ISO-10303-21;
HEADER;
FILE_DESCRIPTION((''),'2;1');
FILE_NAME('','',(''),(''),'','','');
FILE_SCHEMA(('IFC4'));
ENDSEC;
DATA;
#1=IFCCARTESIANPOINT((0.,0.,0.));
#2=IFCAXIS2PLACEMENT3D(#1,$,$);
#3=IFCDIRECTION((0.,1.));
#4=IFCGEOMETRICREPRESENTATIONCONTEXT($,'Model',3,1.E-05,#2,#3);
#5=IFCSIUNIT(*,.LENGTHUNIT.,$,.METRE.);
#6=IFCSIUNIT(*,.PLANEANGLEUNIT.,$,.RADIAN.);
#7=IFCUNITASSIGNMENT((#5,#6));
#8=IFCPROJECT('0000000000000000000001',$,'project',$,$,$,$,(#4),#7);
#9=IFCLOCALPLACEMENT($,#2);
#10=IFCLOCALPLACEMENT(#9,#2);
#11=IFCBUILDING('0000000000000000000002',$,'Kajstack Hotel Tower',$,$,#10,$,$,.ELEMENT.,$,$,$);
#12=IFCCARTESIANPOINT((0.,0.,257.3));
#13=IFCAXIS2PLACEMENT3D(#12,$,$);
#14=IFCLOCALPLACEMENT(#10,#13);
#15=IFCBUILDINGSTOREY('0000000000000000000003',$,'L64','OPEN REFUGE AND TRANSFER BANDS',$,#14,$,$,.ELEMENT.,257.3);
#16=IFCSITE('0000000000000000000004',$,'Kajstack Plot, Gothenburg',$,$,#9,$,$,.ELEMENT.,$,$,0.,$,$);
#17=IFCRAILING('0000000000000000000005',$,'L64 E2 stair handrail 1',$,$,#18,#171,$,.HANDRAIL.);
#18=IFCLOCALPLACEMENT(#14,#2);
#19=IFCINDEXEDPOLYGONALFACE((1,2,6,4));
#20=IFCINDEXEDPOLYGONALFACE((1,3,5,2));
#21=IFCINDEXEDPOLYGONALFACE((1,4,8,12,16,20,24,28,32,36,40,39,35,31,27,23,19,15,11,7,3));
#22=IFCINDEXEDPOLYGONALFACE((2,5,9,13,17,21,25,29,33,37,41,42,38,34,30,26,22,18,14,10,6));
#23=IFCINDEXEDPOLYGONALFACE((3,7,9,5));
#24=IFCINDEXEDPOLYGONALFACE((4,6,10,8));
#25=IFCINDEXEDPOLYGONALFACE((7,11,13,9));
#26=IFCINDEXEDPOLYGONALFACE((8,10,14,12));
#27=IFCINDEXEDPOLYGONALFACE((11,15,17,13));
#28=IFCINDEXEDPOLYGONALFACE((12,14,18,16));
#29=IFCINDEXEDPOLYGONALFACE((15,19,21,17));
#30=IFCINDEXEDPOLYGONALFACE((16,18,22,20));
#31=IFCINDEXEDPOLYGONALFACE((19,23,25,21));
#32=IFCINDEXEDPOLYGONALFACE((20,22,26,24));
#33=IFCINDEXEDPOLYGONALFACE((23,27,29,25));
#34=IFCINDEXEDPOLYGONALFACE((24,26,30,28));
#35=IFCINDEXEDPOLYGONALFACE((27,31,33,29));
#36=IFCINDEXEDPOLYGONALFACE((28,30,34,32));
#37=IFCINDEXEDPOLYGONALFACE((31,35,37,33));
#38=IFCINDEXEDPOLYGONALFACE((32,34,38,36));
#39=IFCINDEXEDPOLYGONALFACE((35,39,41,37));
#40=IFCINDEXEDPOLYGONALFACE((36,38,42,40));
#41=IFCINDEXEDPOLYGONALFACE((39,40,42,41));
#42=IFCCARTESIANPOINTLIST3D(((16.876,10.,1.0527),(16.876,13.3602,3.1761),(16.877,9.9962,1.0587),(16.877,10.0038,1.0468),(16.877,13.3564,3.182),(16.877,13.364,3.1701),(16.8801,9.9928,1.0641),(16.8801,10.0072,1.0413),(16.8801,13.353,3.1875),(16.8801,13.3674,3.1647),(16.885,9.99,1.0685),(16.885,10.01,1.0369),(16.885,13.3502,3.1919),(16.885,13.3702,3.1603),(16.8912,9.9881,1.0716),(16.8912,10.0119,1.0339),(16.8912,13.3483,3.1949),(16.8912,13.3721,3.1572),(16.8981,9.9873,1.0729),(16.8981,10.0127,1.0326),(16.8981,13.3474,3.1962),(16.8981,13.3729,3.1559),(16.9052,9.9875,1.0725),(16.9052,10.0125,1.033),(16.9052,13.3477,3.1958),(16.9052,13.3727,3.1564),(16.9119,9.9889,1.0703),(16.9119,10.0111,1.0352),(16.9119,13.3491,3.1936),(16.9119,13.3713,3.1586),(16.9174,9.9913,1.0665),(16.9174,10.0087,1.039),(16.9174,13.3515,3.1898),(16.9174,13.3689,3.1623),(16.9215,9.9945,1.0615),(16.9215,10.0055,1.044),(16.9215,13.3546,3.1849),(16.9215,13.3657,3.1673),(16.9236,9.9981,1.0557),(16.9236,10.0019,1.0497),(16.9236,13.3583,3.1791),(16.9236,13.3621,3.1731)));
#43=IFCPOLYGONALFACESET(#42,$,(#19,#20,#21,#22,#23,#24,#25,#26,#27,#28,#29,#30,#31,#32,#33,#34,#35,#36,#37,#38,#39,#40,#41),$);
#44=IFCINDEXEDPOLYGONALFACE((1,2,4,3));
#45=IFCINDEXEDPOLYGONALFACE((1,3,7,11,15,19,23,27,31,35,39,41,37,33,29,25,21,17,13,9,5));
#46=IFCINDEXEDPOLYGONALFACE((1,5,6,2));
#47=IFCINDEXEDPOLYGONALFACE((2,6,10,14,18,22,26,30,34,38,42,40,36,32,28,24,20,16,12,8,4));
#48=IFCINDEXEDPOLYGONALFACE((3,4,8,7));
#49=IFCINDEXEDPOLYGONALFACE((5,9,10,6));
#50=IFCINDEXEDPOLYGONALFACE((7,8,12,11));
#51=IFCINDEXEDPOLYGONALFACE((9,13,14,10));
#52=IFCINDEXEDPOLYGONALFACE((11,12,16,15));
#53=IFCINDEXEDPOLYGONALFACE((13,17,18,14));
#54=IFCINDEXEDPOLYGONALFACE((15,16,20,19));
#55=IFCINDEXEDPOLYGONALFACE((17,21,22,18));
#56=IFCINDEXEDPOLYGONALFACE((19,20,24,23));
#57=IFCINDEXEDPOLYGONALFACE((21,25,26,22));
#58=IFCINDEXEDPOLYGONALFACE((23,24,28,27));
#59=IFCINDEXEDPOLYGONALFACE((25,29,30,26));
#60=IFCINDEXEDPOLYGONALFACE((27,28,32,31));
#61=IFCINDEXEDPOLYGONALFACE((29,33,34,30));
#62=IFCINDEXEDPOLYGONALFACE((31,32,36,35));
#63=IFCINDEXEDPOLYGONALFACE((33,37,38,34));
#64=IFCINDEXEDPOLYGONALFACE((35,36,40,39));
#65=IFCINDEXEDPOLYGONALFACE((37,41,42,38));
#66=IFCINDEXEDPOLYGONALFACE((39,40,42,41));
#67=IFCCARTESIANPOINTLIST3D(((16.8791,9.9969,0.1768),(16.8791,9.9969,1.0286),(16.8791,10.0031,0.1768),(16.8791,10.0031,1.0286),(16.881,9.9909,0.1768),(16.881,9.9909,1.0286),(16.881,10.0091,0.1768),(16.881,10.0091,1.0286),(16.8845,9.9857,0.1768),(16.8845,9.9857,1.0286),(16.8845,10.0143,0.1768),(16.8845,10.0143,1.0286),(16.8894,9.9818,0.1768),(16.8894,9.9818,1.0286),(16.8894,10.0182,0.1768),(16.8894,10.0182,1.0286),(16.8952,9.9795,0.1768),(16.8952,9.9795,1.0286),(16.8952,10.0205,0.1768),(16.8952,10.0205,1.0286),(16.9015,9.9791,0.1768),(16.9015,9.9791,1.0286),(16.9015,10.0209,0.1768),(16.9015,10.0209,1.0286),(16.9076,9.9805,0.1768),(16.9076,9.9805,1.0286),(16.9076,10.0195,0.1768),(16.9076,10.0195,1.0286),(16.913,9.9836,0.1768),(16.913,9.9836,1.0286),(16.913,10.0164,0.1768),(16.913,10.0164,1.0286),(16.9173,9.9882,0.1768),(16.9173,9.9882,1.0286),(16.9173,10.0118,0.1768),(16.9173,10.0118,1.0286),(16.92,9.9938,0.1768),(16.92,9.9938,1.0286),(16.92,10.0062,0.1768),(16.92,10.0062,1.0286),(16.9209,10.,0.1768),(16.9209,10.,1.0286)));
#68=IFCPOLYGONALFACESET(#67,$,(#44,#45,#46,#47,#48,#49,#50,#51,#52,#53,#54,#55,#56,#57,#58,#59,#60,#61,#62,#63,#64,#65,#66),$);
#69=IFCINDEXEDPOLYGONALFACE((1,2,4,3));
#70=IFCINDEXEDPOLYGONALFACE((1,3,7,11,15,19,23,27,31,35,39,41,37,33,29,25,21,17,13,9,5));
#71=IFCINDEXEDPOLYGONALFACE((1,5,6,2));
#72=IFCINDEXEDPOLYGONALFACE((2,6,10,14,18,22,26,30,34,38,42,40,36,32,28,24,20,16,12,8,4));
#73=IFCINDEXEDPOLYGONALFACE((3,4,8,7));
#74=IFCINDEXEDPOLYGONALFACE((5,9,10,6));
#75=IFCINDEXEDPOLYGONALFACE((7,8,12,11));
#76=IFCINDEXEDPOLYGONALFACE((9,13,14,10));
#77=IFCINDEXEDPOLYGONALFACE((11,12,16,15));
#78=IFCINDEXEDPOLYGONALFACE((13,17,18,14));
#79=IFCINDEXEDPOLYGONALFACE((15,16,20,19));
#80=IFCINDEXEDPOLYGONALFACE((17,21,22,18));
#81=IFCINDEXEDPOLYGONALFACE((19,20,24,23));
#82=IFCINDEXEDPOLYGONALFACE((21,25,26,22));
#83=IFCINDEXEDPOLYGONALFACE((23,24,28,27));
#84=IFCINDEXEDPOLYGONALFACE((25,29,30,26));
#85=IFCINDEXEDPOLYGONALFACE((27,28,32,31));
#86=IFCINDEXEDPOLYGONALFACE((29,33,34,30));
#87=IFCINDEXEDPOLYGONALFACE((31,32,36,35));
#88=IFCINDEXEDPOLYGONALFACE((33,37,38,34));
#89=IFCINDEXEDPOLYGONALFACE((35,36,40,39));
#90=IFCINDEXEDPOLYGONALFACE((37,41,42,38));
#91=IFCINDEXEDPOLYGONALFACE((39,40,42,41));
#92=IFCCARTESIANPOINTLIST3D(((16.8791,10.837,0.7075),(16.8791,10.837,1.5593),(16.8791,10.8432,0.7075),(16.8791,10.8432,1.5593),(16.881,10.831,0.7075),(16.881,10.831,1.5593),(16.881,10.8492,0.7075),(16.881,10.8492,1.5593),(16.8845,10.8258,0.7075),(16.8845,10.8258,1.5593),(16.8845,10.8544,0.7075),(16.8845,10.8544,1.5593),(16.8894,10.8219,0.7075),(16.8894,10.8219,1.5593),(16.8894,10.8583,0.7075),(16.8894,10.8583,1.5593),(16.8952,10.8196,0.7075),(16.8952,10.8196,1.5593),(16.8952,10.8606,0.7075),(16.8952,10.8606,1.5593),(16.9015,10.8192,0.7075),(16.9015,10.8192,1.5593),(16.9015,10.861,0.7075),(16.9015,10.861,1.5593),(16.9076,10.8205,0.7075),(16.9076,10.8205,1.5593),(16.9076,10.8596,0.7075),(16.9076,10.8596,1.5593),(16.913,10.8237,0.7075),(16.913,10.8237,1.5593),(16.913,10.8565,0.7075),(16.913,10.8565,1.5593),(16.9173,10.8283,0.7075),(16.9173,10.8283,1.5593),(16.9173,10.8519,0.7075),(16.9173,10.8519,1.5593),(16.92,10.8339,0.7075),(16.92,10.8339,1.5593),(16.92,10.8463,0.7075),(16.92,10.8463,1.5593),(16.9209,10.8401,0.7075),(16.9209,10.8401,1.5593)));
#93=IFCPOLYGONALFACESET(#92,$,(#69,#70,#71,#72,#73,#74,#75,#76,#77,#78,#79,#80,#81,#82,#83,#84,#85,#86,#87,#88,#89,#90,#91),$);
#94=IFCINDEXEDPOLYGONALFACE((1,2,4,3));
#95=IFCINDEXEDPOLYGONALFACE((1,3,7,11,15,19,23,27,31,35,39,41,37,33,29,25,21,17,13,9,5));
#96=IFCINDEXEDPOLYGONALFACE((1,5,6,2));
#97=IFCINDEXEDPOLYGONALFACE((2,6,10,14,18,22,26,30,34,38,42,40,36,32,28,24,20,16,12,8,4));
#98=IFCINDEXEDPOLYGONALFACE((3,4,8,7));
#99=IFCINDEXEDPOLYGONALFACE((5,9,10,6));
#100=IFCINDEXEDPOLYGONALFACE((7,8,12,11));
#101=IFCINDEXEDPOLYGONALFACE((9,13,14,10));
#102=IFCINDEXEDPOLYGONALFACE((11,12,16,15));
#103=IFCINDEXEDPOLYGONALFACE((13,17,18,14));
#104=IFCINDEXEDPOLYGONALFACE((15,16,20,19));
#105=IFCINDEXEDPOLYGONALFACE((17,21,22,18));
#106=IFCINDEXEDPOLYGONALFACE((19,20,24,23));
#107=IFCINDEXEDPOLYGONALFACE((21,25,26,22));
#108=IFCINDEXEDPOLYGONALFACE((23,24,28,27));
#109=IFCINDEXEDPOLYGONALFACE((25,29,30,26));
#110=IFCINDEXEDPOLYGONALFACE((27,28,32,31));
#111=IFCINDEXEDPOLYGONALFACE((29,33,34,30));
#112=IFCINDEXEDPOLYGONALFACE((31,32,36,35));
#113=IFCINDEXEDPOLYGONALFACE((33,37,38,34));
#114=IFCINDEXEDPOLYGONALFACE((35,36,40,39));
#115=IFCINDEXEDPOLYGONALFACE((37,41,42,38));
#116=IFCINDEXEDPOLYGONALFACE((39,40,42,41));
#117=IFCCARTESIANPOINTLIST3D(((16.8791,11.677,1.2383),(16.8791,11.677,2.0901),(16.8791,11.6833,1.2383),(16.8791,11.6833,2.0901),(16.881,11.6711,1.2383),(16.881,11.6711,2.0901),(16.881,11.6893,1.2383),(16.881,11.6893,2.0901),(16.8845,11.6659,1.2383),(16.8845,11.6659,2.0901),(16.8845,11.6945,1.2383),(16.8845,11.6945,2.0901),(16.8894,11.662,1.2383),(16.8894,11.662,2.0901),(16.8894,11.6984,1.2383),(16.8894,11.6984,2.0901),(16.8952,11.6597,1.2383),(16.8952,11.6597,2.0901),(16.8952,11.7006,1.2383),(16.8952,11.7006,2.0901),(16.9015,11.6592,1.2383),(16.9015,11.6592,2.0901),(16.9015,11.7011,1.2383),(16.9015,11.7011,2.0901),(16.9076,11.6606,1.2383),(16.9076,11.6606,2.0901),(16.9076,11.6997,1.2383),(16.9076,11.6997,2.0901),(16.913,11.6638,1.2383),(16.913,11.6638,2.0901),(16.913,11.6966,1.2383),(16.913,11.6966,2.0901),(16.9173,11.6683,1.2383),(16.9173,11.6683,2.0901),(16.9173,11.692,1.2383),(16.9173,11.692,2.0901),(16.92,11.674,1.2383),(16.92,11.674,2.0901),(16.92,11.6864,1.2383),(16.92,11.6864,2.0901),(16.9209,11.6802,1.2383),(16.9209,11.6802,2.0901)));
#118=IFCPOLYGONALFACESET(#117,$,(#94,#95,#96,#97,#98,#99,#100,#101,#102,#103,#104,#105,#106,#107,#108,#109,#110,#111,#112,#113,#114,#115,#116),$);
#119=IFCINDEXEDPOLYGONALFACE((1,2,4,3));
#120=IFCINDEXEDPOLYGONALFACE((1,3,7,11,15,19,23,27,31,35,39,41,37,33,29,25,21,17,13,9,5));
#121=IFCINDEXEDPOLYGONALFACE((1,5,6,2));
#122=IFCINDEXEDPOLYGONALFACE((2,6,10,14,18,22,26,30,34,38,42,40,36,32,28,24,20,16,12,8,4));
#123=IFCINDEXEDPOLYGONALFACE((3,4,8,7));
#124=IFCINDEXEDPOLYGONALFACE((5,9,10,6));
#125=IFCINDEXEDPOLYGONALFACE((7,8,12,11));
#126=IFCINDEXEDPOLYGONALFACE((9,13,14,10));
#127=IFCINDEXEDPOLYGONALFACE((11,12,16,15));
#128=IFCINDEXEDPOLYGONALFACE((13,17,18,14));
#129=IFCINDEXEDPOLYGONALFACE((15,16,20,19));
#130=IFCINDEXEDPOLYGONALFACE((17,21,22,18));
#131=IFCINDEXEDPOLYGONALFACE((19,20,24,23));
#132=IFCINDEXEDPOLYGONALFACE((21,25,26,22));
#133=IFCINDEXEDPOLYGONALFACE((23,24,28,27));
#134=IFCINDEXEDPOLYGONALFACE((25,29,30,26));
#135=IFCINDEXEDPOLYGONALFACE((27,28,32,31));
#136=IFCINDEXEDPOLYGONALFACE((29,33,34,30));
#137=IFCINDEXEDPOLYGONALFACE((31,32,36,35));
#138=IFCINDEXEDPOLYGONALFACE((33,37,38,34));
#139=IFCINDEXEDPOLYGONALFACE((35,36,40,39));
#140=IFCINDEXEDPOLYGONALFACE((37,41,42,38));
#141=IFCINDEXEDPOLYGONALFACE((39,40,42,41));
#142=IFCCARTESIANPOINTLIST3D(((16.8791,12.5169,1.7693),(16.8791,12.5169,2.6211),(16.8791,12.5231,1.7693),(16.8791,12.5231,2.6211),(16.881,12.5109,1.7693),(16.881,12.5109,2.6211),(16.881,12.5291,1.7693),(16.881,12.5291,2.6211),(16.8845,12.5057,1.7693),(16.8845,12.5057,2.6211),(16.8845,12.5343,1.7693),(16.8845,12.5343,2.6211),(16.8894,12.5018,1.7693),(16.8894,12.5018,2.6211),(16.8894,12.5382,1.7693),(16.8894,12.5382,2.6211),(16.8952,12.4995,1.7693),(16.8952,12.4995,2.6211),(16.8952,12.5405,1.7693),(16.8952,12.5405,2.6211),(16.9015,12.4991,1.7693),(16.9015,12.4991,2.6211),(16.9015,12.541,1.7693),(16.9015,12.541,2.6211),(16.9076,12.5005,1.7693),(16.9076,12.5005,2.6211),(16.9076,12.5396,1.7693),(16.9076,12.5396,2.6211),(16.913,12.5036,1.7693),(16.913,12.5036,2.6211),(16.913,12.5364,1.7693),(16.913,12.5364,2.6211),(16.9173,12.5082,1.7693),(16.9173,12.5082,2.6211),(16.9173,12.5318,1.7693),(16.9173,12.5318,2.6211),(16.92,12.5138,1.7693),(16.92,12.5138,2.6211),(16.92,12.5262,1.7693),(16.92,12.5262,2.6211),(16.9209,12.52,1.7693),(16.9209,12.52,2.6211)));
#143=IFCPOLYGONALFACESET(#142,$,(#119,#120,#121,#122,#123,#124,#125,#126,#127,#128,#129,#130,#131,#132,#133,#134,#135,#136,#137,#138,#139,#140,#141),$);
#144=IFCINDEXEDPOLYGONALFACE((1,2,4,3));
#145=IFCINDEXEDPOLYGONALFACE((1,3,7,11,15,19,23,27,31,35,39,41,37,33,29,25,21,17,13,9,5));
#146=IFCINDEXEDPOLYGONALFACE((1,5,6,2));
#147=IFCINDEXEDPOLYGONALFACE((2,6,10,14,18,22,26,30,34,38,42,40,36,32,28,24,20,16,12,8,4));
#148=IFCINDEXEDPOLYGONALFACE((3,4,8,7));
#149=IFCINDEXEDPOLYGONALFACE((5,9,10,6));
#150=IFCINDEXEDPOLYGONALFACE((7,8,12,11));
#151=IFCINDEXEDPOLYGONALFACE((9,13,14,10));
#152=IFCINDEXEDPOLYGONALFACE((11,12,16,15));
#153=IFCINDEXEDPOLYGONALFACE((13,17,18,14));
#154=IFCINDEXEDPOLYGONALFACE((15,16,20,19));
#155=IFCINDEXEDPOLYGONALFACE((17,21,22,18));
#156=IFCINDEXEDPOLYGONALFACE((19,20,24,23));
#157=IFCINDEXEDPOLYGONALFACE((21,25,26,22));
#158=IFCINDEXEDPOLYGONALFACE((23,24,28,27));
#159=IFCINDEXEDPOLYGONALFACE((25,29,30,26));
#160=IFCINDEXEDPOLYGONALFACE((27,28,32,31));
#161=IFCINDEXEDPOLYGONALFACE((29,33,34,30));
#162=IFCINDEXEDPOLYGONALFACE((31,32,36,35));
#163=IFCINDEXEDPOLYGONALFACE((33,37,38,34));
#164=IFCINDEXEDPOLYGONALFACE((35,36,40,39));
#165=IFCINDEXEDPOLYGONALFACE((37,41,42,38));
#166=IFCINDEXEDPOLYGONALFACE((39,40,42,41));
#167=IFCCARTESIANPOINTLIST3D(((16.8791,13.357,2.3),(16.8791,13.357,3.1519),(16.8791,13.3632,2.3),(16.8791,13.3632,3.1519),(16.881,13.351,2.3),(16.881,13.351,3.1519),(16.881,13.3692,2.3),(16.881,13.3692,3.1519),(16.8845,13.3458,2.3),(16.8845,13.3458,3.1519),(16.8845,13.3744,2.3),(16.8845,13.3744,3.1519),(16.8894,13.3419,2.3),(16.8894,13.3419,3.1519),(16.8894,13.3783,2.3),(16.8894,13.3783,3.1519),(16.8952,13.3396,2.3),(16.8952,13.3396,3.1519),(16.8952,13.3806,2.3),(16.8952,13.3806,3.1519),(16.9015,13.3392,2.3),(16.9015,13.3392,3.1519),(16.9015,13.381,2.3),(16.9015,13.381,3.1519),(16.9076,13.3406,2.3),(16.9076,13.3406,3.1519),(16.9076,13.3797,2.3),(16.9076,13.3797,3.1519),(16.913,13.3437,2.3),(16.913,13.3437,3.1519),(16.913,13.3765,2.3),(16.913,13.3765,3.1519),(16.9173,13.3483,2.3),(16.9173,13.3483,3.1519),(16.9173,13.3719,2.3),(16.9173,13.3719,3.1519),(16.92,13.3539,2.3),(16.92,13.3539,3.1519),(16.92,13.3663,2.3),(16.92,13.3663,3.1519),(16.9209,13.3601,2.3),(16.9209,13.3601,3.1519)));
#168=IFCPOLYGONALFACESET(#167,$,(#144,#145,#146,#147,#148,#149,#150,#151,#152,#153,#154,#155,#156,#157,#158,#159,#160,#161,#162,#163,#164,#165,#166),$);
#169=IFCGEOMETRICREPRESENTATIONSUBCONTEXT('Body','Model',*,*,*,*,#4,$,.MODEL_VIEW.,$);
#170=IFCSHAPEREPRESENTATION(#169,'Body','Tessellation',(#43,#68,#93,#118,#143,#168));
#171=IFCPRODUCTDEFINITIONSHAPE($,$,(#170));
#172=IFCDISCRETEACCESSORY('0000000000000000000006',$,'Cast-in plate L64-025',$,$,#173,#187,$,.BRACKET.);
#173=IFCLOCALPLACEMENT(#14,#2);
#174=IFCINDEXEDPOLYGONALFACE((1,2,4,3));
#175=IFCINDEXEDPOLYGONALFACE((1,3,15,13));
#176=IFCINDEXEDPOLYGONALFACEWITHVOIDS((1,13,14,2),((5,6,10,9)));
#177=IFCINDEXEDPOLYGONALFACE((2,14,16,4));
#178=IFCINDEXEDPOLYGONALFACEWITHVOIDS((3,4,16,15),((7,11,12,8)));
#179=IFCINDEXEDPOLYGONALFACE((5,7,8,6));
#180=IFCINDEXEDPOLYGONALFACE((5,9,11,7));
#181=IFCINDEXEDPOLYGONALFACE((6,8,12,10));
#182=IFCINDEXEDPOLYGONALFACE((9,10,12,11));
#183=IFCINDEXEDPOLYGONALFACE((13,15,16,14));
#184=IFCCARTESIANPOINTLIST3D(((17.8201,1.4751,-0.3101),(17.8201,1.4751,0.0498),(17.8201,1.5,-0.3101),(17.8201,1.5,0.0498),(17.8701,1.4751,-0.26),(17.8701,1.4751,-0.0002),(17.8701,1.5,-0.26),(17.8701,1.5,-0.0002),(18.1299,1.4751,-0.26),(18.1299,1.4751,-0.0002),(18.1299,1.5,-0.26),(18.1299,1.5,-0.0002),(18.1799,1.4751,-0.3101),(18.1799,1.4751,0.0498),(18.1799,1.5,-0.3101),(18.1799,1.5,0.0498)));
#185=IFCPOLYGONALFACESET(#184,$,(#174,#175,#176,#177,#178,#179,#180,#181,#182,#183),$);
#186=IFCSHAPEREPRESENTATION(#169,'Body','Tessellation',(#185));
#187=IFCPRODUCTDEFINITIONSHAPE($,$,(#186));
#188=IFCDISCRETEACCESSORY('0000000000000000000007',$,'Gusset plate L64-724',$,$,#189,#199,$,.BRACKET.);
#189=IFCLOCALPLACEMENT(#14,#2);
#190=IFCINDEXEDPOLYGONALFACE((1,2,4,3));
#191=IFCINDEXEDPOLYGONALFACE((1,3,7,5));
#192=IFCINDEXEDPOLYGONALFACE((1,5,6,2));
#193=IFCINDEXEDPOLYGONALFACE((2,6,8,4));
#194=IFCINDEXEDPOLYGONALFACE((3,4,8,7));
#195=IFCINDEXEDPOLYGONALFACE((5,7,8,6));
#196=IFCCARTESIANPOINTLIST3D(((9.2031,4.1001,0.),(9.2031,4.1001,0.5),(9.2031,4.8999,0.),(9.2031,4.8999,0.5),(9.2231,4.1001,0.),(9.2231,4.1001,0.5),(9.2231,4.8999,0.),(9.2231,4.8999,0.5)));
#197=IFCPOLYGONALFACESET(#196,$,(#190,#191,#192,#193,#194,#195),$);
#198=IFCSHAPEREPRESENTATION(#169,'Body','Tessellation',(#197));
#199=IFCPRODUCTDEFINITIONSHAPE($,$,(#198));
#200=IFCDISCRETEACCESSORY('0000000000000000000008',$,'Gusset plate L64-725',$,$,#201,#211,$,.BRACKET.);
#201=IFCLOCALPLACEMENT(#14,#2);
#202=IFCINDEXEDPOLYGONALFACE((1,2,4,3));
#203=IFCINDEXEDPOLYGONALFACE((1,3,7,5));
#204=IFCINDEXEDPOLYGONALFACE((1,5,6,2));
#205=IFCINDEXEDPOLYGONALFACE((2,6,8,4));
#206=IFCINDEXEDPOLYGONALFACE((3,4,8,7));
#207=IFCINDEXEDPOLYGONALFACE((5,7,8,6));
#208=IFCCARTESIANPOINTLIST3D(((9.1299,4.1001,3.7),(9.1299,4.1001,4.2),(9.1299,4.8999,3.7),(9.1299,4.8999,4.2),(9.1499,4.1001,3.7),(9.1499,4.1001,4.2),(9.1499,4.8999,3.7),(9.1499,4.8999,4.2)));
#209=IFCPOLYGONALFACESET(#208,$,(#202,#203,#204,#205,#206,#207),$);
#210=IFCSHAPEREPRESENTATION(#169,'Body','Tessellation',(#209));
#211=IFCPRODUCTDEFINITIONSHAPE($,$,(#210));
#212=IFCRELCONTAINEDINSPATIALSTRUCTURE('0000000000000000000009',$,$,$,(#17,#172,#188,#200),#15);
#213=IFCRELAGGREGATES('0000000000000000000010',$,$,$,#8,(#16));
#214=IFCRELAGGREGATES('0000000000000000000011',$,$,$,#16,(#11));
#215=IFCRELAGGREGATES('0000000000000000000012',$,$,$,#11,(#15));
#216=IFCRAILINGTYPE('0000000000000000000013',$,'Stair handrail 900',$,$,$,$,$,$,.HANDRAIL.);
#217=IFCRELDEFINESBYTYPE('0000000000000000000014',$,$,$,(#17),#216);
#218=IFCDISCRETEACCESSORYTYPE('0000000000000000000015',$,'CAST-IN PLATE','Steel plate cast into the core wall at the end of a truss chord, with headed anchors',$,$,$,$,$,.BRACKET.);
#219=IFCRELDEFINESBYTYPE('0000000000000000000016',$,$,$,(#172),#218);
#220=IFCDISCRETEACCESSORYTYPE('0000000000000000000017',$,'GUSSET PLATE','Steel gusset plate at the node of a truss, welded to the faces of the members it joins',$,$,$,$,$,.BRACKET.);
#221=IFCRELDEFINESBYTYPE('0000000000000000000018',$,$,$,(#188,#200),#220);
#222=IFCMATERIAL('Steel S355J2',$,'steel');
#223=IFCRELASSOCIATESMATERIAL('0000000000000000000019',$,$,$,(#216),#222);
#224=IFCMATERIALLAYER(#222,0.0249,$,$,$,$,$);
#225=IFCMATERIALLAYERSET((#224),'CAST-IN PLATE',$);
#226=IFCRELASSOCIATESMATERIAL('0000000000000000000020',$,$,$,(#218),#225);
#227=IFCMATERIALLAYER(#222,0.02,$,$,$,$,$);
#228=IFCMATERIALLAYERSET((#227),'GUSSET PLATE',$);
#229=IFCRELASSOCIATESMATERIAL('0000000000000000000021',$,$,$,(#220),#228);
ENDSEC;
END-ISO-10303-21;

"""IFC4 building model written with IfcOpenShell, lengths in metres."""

from ifc_helpers import new_model, si_unit, direction, frame, origin, origin_2d, place, context, subcontext, project, spatial, polyline, circle, outline, extrude, material, layer, layer_set, type_object, element, save


model = new_model("IFC4")

# Units and contexts
model_context = context("Model", 3, precision=1e-05, world=origin(), true_north=direction((0.0, 1.0)))
body_context = subcontext(model_context, "Body", "Model", "MODEL_VIEW")
ifc_project = project(units=[si_unit("LENGTHUNIT", "METRE"), si_unit("PLANEANGLEUNIT", "RADIAN")], contexts=[model_context])

# Site, building, storey
site_placement = place(None, origin())
site = spatial("IfcSite", under=ifc_project, at=site_placement, Name="Kajstack Plot, Gothenburg", CompositionType="ELEMENT", RefElevation=0.0)
building_placement = place(site_placement, origin())
building = spatial("IfcBuilding", under=site, at=building_placement, Name="Kajstack Hotel Tower", CompositionType="ELEMENT")
storey_placement = place(building_placement, frame((0.0, 0.0, 257.3)))
storey = spatial("IfcBuildingStorey", under=building, at=storey_placement, Name="L64", Description="OPEN REFUGE AND TRANSFER BANDS", CompositionType="ELEMENT", Elevation=257.3)

# Shared definitions
ifc_material_1 = material(Name="Steel S355J2", Category="steel")

# Railing
railing_type_1 = type_object("IfcRailingType", Name="Stair handrail 900", PredefinedType="HANDRAIL", material=ifc_material_1)
railing_1_placement = place(storey_placement, frame((16.8999, 10.0, 0.1768)))
element("IfcRailing", 1, at=railing_1_placement, inside=storey, type_object=railing_type_1, Name="L64 E2 stair handrail 1", PredefinedType="HANDRAIL", context=body_context, shape_type="SweptSolid", body=[
    extrude(circle(Radius=0.0239, at=origin_2d()), frame((0.0, 0.0, 0.876), z_axis=(0.0, 0.845362, 0.534194), x_axis=(-1.0, 0.0, 0.0)), (0.0, 0.0, 1.0), 3.9749),
    extrude(circle(Radius=0.021, at=origin_2d()), origin(), (0.0, 0.0, 1.0), 0.8518),
    extrude(circle(Radius=0.021, at=origin_2d()), frame((0.0, 0.8401, 0.5308)), (0.0, 0.0, 1.0), 0.8518),
    extrude(circle(Radius=0.021, at=origin_2d()), frame((0.0, 1.6802, 1.0615)), (0.0, 0.0, 1.0), 0.8518),
    extrude(circle(Radius=0.021, at=origin_2d()), frame((0.0, 2.52, 1.5925)), (0.0, 0.0, 1.0), 0.8518),
    extrude(circle(Radius=0.021, at=origin_2d()), frame((0.0, 3.3601, 2.1233)), (0.0, 0.0, 1.0), 0.8518),
])

# Discrete accessories
ifc_layer_1 = layer(ifc_material_1, 0.0249)
ifc_layer_set_1 = layer_set([ifc_layer_1], Name="CAST-IN PLATE")
discrete_accessory_type_1 = type_object("IfcDiscreteAccessoryType", Name="CAST-IN PLATE", Description="Steel plate cast into the core wall at the end of a truss chord, with headed anchors", PredefinedType="BRACKET", material=ifc_layer_set_1)
discrete_accessory_placement = place(storey_placement, frame((18.0, 1.4751, -0.1301), z_axis=(0.0, 1.0, 0.0), x_axis=(-1.0, 0.0, 0.0)))
element("IfcDiscreteAccessory", 2, at=discrete_accessory_placement, inside=storey, type_object=discrete_accessory_type_1, Name="Cast-in plate L64-025", PredefinedType="BRACKET", context=body_context, shape_type="SweptSolid", body=[
    extrude(outline(polyline([(-0.1799, -0.1799), (0.1799, -0.1799), (0.1799, 0.1799), (-0.1799, 0.1799), (-0.1799, -0.1799)]), holes=[polyline([(-0.1299, -0.1299), (-0.1299, 0.1299), (0.1299, 0.1299), (0.1299, -0.1299), (-0.1299, -0.1299)])]), origin(), (0.0, 0.0, 1.0), 0.0249),
])
ifc_layer_2 = layer(ifc_material_1, 0.02)
ifc_layer_set_2 = layer_set([ifc_layer_2], Name="GUSSET PLATE")
discrete_accessory_type_2 = type_object("IfcDiscreteAccessoryType", Name="GUSSET PLATE", Description="Steel gusset plate at the node of a truss, welded to the faces of the members it joins", PredefinedType="BRACKET", material=ifc_layer_set_2)
for number, where, z_axis, x_axis, name in (
    (3, (9.2031, 4.5, 0.0), (1.0, 0.0, 0.0), (0.0, 1.0, 0.0), "Gusset plate L64-724"),
    (4, (9.1299, 4.5, 3.7), (1.0, 0.0, 0.0), (0.0, 1.0, 0.0), "Gusset plate L64-725"),
):
    element("IfcDiscreteAccessory", number, at=place(storey_placement, frame(where, z_axis=z_axis, x_axis=x_axis)), inside=storey, type_object=discrete_accessory_type_2, Name=name, PredefinedType="BRACKET", context=body_context, shape_type="SweptSolid", body=[
        extrude(outline(polyline([(-0.3999, 0.0), (0.3999, 0.0), (0.3999, 0.5), (-0.3999, 0.5), (-0.3999, 0.0)])), origin(), (0.0, 0.0, 1.0), 0.02),
    ])

save(model, "model.ifc")
